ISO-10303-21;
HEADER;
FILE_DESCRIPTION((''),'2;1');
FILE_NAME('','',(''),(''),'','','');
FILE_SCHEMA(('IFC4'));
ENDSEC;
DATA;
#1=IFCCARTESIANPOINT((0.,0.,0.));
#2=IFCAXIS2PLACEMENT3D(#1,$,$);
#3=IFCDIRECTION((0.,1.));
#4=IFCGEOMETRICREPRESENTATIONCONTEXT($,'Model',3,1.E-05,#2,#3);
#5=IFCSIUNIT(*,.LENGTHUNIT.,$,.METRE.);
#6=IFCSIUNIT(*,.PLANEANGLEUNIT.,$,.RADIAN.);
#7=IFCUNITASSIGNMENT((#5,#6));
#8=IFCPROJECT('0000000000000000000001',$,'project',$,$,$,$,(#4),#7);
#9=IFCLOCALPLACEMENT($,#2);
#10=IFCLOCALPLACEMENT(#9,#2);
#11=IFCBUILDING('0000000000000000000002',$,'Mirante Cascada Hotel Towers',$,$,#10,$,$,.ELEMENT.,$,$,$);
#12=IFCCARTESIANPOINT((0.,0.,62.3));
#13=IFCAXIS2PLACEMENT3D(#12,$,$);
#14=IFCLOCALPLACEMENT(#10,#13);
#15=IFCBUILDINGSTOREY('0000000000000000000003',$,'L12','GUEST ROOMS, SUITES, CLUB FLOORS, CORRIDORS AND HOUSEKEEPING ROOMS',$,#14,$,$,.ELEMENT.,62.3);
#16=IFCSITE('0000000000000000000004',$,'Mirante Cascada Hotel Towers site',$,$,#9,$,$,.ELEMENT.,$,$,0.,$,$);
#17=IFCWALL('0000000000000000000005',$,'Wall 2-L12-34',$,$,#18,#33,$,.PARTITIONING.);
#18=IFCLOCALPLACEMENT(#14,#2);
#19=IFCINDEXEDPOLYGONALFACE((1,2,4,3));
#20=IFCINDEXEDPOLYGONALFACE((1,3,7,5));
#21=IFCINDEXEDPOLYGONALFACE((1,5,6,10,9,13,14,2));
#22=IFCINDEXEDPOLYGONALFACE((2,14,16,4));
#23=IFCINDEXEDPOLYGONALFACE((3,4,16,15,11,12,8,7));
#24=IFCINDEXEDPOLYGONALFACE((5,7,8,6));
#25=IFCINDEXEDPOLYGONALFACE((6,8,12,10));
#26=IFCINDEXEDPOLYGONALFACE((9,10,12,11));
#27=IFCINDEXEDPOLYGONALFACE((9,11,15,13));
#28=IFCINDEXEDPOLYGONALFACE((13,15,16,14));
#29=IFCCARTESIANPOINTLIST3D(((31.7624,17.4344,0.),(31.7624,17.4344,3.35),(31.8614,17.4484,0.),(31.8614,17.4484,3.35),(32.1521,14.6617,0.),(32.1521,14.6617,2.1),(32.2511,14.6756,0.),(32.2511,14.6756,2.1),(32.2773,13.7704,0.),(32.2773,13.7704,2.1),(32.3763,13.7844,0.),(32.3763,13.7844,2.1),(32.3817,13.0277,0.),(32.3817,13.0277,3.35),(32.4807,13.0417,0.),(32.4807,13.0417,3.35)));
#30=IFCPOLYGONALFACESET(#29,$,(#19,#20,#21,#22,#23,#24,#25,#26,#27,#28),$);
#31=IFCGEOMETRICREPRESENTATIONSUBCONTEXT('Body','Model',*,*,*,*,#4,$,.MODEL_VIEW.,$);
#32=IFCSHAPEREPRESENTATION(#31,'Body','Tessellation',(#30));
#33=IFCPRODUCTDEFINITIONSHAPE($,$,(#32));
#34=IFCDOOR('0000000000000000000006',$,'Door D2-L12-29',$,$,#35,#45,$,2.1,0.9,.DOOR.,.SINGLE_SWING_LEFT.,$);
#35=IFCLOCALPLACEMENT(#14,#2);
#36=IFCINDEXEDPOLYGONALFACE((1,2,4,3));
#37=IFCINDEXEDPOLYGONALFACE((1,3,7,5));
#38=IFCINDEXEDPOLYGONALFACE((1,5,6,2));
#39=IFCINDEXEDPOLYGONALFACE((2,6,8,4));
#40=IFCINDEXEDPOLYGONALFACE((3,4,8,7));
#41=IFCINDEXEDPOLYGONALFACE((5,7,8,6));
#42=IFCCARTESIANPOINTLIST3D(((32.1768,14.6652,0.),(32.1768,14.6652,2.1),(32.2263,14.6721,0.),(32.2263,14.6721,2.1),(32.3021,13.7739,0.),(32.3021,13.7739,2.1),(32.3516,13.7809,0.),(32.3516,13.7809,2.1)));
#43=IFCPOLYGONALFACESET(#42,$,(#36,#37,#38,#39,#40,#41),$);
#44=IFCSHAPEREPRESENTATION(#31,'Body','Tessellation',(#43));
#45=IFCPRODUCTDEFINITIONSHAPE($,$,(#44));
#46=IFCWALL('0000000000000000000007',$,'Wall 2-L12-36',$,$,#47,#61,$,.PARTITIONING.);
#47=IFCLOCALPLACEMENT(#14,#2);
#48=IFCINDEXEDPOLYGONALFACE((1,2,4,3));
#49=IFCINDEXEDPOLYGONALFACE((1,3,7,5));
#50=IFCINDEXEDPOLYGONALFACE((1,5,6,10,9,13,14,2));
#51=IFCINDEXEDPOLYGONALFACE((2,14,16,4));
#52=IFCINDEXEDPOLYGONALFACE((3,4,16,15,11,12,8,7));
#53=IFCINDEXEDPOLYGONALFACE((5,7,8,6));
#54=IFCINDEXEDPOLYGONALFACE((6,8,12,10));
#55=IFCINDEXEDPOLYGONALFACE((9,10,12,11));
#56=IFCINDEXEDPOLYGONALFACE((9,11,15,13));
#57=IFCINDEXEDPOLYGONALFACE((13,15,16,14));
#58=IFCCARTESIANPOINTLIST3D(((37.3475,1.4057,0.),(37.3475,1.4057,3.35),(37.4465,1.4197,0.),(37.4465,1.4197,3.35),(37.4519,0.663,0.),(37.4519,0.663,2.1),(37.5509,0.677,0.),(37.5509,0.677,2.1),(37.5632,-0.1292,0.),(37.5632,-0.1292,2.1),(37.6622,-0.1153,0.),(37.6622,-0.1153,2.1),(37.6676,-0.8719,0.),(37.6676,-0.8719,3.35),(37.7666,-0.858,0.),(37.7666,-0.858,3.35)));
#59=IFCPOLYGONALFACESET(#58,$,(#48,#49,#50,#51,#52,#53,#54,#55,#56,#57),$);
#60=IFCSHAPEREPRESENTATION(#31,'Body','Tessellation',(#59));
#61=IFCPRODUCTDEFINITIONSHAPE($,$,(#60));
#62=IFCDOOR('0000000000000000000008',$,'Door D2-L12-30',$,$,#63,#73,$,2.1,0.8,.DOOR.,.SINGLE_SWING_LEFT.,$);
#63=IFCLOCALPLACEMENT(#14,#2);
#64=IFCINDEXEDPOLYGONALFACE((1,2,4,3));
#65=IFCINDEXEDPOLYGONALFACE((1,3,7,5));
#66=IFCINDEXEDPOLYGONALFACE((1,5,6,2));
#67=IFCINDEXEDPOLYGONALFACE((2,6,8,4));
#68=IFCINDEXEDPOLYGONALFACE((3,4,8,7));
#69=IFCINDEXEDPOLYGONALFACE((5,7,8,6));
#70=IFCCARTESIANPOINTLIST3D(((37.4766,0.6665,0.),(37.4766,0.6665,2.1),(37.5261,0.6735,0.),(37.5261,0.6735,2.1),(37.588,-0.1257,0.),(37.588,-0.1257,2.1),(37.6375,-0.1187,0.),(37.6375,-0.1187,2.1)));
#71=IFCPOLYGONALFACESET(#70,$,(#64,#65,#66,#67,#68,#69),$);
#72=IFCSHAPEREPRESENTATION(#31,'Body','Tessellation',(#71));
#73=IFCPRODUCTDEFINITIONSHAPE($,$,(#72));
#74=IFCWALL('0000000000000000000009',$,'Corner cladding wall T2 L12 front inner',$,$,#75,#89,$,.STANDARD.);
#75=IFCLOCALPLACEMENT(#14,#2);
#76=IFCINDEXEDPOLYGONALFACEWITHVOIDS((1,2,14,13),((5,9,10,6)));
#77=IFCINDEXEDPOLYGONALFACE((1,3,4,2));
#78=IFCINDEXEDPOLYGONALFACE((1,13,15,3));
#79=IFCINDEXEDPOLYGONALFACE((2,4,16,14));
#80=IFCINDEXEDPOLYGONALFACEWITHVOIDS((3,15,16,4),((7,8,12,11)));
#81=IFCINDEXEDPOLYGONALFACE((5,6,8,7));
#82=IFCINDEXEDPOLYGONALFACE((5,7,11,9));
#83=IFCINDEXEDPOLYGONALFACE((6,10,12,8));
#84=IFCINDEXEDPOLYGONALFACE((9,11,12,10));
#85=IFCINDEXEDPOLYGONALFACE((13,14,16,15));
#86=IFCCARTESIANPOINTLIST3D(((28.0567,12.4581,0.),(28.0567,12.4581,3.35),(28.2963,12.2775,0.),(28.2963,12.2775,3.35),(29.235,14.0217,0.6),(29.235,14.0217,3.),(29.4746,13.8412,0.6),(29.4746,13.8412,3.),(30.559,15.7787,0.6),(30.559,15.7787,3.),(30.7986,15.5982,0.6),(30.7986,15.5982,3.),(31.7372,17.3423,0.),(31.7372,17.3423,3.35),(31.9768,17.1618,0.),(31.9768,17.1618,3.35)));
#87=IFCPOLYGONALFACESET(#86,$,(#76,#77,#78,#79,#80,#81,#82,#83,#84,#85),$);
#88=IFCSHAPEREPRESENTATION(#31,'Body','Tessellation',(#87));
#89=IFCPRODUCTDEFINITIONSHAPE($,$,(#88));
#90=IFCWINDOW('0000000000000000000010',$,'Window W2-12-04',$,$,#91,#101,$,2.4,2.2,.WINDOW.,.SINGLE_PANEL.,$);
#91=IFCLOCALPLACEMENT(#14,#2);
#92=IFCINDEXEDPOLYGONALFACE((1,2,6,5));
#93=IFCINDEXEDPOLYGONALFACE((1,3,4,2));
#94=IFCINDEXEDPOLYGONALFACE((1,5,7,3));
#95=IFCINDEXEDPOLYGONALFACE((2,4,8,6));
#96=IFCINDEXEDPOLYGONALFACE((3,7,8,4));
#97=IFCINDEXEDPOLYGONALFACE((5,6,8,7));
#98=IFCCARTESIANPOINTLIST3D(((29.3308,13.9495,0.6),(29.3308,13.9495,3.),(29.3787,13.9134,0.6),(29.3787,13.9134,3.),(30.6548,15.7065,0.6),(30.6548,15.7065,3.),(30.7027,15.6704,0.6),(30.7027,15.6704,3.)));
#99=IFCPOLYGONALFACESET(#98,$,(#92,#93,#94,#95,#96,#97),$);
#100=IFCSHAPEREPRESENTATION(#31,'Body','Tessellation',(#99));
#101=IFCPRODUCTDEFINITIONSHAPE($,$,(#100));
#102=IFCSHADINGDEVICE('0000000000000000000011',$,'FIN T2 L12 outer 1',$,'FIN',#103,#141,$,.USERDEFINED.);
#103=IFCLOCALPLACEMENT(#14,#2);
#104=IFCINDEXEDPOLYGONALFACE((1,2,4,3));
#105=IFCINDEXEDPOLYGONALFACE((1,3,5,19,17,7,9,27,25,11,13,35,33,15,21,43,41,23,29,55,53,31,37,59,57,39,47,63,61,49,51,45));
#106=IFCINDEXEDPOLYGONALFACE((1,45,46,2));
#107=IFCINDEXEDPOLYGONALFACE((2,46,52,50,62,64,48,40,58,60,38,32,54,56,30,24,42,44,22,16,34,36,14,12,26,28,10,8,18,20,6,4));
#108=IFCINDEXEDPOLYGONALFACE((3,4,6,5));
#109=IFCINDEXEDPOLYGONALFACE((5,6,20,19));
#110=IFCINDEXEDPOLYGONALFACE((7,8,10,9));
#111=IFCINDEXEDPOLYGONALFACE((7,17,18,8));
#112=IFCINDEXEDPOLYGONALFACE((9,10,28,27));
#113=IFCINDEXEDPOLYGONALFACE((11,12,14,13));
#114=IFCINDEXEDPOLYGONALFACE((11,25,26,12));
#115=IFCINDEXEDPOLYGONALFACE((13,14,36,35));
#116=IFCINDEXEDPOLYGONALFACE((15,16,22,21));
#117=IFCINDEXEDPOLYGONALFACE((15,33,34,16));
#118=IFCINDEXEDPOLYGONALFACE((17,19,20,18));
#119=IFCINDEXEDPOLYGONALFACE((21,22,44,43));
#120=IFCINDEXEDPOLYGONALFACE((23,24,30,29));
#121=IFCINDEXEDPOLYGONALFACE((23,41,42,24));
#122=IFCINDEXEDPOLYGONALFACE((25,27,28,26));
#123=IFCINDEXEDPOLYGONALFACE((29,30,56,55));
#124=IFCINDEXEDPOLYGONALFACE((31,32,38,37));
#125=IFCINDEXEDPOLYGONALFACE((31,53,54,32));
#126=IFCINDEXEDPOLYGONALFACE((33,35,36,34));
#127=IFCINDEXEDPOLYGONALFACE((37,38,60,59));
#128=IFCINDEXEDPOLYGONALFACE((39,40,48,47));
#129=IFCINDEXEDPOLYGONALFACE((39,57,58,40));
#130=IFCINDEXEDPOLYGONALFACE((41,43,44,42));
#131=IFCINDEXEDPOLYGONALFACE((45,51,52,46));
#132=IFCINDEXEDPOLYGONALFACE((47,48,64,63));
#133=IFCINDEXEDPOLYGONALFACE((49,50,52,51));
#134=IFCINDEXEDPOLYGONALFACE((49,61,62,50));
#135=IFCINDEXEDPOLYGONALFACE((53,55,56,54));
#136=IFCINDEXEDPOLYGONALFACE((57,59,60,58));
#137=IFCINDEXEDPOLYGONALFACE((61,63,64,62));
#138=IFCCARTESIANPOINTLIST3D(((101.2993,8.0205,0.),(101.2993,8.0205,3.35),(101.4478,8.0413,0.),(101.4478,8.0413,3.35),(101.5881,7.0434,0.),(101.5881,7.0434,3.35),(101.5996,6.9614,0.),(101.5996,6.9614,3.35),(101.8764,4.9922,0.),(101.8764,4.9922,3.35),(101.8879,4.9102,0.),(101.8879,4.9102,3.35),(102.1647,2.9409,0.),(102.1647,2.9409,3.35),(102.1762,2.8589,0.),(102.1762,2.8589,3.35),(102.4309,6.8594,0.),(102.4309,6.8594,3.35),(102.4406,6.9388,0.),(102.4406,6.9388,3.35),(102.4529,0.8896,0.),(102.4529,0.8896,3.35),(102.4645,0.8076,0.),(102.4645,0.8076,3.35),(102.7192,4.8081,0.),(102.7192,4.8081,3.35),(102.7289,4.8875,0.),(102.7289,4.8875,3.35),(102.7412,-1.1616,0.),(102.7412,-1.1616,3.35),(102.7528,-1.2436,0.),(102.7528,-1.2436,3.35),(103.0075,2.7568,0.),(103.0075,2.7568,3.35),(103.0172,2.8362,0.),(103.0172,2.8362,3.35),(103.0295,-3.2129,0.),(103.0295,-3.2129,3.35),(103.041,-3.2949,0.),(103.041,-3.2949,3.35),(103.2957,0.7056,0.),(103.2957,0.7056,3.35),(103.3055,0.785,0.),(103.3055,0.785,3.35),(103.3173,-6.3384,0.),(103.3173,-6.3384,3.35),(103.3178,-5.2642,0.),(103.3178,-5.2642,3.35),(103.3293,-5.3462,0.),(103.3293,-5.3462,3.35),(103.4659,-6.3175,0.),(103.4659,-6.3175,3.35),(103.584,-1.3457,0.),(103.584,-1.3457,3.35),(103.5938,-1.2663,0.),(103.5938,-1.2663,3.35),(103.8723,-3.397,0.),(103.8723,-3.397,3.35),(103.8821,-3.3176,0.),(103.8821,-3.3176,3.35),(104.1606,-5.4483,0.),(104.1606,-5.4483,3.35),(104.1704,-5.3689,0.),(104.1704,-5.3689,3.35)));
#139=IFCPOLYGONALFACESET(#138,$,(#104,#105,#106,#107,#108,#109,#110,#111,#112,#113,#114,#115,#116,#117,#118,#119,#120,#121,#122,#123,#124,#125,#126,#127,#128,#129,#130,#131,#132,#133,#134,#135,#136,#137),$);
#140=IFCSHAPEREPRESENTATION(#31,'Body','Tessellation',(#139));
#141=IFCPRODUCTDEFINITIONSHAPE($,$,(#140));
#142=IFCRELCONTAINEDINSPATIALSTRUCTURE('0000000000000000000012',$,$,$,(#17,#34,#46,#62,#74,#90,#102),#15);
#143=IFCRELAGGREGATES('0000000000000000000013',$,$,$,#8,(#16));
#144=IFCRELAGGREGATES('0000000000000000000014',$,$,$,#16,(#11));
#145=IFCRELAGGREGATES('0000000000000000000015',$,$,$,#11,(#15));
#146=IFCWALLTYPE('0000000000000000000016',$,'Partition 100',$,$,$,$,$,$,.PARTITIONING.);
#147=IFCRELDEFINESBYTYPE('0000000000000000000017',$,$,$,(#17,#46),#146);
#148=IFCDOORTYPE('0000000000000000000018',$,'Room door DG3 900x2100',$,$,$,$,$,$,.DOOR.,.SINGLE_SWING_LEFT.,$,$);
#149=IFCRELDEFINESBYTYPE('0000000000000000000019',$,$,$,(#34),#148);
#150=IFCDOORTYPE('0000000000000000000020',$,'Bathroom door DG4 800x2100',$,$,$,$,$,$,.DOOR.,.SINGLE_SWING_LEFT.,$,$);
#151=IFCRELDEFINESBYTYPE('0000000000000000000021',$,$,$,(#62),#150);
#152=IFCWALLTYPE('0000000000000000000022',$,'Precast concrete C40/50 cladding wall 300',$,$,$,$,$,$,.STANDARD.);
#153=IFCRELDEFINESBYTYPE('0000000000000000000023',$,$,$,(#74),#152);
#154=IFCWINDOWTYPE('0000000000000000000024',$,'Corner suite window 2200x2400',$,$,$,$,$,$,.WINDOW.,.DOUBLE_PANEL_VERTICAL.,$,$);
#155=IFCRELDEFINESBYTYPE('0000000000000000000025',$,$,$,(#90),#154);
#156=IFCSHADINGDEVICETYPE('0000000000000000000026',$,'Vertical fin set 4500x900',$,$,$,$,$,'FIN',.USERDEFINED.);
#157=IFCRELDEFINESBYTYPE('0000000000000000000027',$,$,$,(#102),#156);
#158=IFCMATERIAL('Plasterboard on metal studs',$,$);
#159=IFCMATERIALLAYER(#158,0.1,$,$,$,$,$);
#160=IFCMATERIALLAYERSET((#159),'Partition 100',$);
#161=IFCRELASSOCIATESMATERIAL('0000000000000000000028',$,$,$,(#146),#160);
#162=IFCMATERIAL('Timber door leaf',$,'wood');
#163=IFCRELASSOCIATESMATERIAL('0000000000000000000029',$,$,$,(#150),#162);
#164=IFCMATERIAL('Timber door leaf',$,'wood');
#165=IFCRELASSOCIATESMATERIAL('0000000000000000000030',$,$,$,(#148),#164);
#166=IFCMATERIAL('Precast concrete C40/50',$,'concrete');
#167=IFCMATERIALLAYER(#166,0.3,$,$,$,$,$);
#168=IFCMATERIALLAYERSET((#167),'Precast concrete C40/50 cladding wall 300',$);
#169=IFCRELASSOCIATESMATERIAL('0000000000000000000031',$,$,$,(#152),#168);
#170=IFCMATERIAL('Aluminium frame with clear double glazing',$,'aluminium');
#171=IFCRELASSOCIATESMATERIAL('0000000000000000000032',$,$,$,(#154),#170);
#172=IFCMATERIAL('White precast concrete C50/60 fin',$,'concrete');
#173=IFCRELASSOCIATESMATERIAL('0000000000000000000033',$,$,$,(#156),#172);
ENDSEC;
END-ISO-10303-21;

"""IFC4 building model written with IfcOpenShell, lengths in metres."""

from ifc_helpers import new_model, si_unit, direction, frame, frame_2d, origin, place, context, subcontext, project, spatial, polyline, rectangle, outline, extrude, material, layer, layer_set, type_object, element, fill, save


model = new_model("IFC4")

# Units and contexts
model_context = context("Model", 3, precision=1e-05, world=origin(), true_north=direction((0.0, 1.0)))
body_context = subcontext(model_context, "Body", "Model", "MODEL_VIEW")
ifc_project = project(units=[si_unit("LENGTHUNIT", "METRE"), si_unit("PLANEANGLEUNIT", "RADIAN")], contexts=[model_context])

# Site, building, storey
site_placement = place(None, origin())
site = spatial("IfcSite", under=ifc_project, at=site_placement, Name="Mirante Cascada Hotel Towers site", CompositionType="ELEMENT", RefElevation=0.0)
building_placement = place(site_placement, origin())
building = spatial("IfcBuilding", under=site, at=building_placement, Name="Mirante Cascada Hotel Towers", CompositionType="ELEMENT")
storey_placement = place(building_placement, frame((0.0, 0.0, 62.3)))
storey = spatial("IfcBuildingStorey", under=building, at=storey_placement, Name="L12", Description="GUEST ROOMS, SUITES, CLUB FLOORS, CORRIDORS AND HOUSEKEEPING ROOMS", CompositionType="ELEMENT", Elevation=62.3)

# Shared definitions
ifc_material_1 = material(Name="Plasterboard on metal studs")
ifc_layer_1 = layer(ifc_material_1, 0.1)
ifc_layer_set_1 = layer_set([ifc_layer_1], Name="Partition 100")
wall_type_1 = type_object("IfcWallType", Name="Partition 100", PredefinedType="PARTITIONING", material=ifc_layer_set_1)

# Walls, openings, doors
ifc_material_2 = material(Name="Timber door leaf", Category="wood")
door_type_1 = type_object("IfcDoorType", Name="Bathroom door DG4 800x2100", OperationType="SINGLE_SWING_LEFT", PredefinedType="DOOR", material=ifc_material_2)
wall_1_placement = place(storey_placement, frame((31.8119, 17.4414, 0.0), z_axis=(0.0, 0.0, 1.0), x_axis=(0.139168, -0.990269, 0.0)))
wall_1 = element("IfcWall", 1, at=wall_1_placement, inside=storey, type_object=wall_type_1, Name="Wall 2-L12-34", PredefinedType="PARTITIONING", context=body_context, shape_type="SweptSolid", body=[
    extrude(rectangle(XDim=4.45, YDim=0.1, at=frame_2d((2.225, 0.0))), origin(), (0.0, 0.0, 1.0), 3.35),
])
opening_1_placement = place(wall_1_placement, frame((2.8, 0.0, 0.0)))
opening_1 = element("IfcOpeningElement", 2, at=opening_1_placement, cuts=wall_1, PredefinedType="OPENING", context=body_context, shape_type="SweptSolid", body=[
    extrude(rectangle(XDim=0.9, YDim=2.1, at=frame_2d((0.45, 1.05))), frame((0.0, 0.05, 0.0), z_axis=(0.0, -1.0, 0.0), x_axis=(1.0, 0.0, 0.0)), (0.0, 0.0, 1.0), 0.1),
])
ifc_material_3 = material(Name="Timber door leaf", Category="wood")
door_type_2 = type_object("IfcDoorType", Name="Room door DG3 900x2100", OperationType="SINGLE_SWING_LEFT", PredefinedType="DOOR", material=ifc_material_3)
door_1_placement = place(opening_1_placement, origin())
door_1 = element("IfcDoor", 3, at=door_1_placement, inside=storey, type_object=door_type_2, Name="Door D2-L12-29", OperationType="SINGLE_SWING_LEFT", OverallHeight=2.1, OverallWidth=0.9, PredefinedType="DOOR", context=body_context, shape_type="SweptSolid", body=[
    extrude(rectangle(XDim=0.9, YDim=2.1, at=frame_2d((0.45, 1.05))), frame((0.0, 0.025, 0.0), z_axis=(0.0, -1.0, 0.0), x_axis=(1.0, 0.0, 0.0)), (0.0, 0.0, 1.0), 0.05),
])
fill(opening_1, door_1)
wall_2_placement = place(storey_placement, frame((37.397, 1.4127, 0.0), z_axis=(0.0, 0.0, 1.0), x_axis=(0.139175, -0.990268, 0.0)))
wall_2 = element("IfcWall", 4, at=wall_2_placement, inside=storey, type_object=wall_type_1, Name="Wall 2-L12-36", PredefinedType="PARTITIONING", context=body_context, shape_type="SweptSolid", body=[
    extrude(rectangle(XDim=2.3, YDim=0.1, at=frame_2d((1.15, 0.0))), origin(), (0.0, 0.0, 1.0), 3.35),
])
opening_2_placement = place(wall_2_placement, frame((0.75, 0.0, 0.0)))
opening_2 = element("IfcOpeningElement", 5, at=opening_2_placement, cuts=wall_2, PredefinedType="OPENING", context=body_context, shape_type="SweptSolid", body=[
    extrude(rectangle(XDim=0.8, YDim=2.1, at=frame_2d((0.4, 1.05))), frame((0.0, 0.05, 0.0), z_axis=(0.0, -1.0, 0.0), x_axis=(1.0, 0.0, 0.0)), (0.0, 0.0, 1.0), 0.1),
])
door_2_placement = place(opening_2_placement, origin())
door_2 = element("IfcDoor", 6, at=door_2_placement, inside=storey, type_object=door_type_1, Name="Door D2-L12-30", OperationType="SINGLE_SWING_LEFT", OverallHeight=2.1, OverallWidth=0.8, PredefinedType="DOOR", context=body_context, shape_type="SweptSolid", body=[
    extrude(rectangle(XDim=0.8, YDim=2.1, at=frame_2d((0.4, 1.05))), frame((0.0, 0.025, 0.0), z_axis=(0.0, -1.0, 0.0), x_axis=(1.0, 0.0, 0.0)), (0.0, 0.0, 1.0), 0.05),
])
fill(opening_2, door_2)

# Wall, opening, window
ifc_material_4 = material(Name="Precast concrete C40/50", Category="concrete")
ifc_layer_2 = layer(ifc_material_4, 0.3)
ifc_layer_set_2 = layer_set([ifc_layer_2], Name="Precast concrete C40/50 cladding wall 300")
wall_type_2 = type_object("IfcWallType", Name="Precast concrete C40/50 cladding wall 300", PredefinedType="STANDARD", material=ifc_layer_set_2)
wall_3_placement = place(storey_placement, frame((31.857, 17.252, 0.0), z_axis=(0.0, 0.0, 1.0), x_axis=(-0.601814, -0.798636, 0.0)))
wall_3 = element("IfcWall", 7, at=wall_3_placement, inside=storey, type_object=wall_type_2, Name="Corner cladding wall T2 L12 front inner", PredefinedType="STANDARD", context=body_context, shape_type="SweptSolid", body=[
    extrude(rectangle(XDim=6.1157, YDim=0.3, at=frame_2d((3.0578, 0.0))), origin(), (0.0, 0.0, 1.0), 3.35),
])
opening_3_placement = place(wall_3_placement, frame((1.9578, 0.0, 0.6)))
opening_3 = element("IfcOpeningElement", 8, at=opening_3_placement, cuts=wall_3, PredefinedType="OPENING", context=body_context, shape_type="SweptSolid", body=[
    extrude(rectangle(XDim=2.2, YDim=2.4, at=frame_2d((1.1, 1.2))), frame((0.0, 0.15, 0.0), z_axis=(0.0, -1.0, 0.0), x_axis=(1.0, 0.0, 0.0)), (0.0, 0.0, 1.0), 0.3),
])
ifc_material_5 = material(Name="Aluminium frame with clear double glazing", Category="aluminium")
window_type = type_object("IfcWindowType", Name="Corner suite window 2200x2400", PartitioningType="DOUBLE_PANEL_VERTICAL", PredefinedType="WINDOW", material=ifc_material_5)
window_placement = place(opening_3_placement, origin())
window = element("IfcWindow", 9, at=window_placement, inside=storey, type_object=window_type, Name="Window W2-12-04", OverallHeight=2.4, OverallWidth=2.2, PartitioningType="SINGLE_PANEL", PredefinedType="WINDOW", context=body_context, shape_type="SweptSolid", body=[
    extrude(rectangle(XDim=2.2, YDim=2.4, at=frame_2d((1.1, 1.2))), frame((0.0, 0.03, 0.0), z_axis=(0.0, -1.0, 0.0), x_axis=(1.0, 0.0, 0.0)), (0.0, 0.0, 1.0), 0.06),
])
fill(opening_3, window)

# Shading device
ifc_material_6 = material(Name="White precast concrete C50/60 fin", Category="concrete")
shading_device_type = type_object("IfcShadingDeviceType", Name="Vertical fin set 4500x900", ElementType="FIN", PredefinedType="USERDEFINED", material=ifc_material_6)
shading_device_1_placement = place(storey_placement, origin())
element("IfcShadingDevice", 10, at=shading_device_1_placement, inside=storey, type_object=shading_device_type, Name="FIN T2 L12 outer 1", ObjectType="FIN", PredefinedType="USERDEFINED", context=body_context, shape_type="SweptSolid", body=[
    extrude(outline(polyline([(104.1606, -5.4483), (103.3293, -5.3462), (103.4659, -6.3175), (103.3173, -6.3384), (101.2993, 8.0205), (101.4478, 8.0413), (101.5881, 7.0434), (102.4406, 6.9388), (102.4309, 6.8594), (101.5996, 6.9614), (101.8764, 4.9922), (102.7289, 4.8875), (102.7192, 4.8081), (101.8879, 4.9102), (102.1647, 2.9409), (103.0172, 2.8362), (103.0075, 2.7568), (102.1762, 2.8589), (102.4529, 0.8896), (103.3055, 0.785), (103.2957, 0.7056), (102.4645, 0.8076), (102.7412, -1.1616), (103.5938, -1.2663), (103.584, -1.3457), (102.7528, -1.2436), (103.0295, -3.2129), (103.8821, -3.3176), (103.8723, -3.397), (103.041, -3.2949), (103.3178, -5.2642), (104.1704, -5.3689), (104.1606, -5.4483)])), origin(), (0.0, 0.0, 1.0), 3.35),
])

save(model, "model.ifc")
